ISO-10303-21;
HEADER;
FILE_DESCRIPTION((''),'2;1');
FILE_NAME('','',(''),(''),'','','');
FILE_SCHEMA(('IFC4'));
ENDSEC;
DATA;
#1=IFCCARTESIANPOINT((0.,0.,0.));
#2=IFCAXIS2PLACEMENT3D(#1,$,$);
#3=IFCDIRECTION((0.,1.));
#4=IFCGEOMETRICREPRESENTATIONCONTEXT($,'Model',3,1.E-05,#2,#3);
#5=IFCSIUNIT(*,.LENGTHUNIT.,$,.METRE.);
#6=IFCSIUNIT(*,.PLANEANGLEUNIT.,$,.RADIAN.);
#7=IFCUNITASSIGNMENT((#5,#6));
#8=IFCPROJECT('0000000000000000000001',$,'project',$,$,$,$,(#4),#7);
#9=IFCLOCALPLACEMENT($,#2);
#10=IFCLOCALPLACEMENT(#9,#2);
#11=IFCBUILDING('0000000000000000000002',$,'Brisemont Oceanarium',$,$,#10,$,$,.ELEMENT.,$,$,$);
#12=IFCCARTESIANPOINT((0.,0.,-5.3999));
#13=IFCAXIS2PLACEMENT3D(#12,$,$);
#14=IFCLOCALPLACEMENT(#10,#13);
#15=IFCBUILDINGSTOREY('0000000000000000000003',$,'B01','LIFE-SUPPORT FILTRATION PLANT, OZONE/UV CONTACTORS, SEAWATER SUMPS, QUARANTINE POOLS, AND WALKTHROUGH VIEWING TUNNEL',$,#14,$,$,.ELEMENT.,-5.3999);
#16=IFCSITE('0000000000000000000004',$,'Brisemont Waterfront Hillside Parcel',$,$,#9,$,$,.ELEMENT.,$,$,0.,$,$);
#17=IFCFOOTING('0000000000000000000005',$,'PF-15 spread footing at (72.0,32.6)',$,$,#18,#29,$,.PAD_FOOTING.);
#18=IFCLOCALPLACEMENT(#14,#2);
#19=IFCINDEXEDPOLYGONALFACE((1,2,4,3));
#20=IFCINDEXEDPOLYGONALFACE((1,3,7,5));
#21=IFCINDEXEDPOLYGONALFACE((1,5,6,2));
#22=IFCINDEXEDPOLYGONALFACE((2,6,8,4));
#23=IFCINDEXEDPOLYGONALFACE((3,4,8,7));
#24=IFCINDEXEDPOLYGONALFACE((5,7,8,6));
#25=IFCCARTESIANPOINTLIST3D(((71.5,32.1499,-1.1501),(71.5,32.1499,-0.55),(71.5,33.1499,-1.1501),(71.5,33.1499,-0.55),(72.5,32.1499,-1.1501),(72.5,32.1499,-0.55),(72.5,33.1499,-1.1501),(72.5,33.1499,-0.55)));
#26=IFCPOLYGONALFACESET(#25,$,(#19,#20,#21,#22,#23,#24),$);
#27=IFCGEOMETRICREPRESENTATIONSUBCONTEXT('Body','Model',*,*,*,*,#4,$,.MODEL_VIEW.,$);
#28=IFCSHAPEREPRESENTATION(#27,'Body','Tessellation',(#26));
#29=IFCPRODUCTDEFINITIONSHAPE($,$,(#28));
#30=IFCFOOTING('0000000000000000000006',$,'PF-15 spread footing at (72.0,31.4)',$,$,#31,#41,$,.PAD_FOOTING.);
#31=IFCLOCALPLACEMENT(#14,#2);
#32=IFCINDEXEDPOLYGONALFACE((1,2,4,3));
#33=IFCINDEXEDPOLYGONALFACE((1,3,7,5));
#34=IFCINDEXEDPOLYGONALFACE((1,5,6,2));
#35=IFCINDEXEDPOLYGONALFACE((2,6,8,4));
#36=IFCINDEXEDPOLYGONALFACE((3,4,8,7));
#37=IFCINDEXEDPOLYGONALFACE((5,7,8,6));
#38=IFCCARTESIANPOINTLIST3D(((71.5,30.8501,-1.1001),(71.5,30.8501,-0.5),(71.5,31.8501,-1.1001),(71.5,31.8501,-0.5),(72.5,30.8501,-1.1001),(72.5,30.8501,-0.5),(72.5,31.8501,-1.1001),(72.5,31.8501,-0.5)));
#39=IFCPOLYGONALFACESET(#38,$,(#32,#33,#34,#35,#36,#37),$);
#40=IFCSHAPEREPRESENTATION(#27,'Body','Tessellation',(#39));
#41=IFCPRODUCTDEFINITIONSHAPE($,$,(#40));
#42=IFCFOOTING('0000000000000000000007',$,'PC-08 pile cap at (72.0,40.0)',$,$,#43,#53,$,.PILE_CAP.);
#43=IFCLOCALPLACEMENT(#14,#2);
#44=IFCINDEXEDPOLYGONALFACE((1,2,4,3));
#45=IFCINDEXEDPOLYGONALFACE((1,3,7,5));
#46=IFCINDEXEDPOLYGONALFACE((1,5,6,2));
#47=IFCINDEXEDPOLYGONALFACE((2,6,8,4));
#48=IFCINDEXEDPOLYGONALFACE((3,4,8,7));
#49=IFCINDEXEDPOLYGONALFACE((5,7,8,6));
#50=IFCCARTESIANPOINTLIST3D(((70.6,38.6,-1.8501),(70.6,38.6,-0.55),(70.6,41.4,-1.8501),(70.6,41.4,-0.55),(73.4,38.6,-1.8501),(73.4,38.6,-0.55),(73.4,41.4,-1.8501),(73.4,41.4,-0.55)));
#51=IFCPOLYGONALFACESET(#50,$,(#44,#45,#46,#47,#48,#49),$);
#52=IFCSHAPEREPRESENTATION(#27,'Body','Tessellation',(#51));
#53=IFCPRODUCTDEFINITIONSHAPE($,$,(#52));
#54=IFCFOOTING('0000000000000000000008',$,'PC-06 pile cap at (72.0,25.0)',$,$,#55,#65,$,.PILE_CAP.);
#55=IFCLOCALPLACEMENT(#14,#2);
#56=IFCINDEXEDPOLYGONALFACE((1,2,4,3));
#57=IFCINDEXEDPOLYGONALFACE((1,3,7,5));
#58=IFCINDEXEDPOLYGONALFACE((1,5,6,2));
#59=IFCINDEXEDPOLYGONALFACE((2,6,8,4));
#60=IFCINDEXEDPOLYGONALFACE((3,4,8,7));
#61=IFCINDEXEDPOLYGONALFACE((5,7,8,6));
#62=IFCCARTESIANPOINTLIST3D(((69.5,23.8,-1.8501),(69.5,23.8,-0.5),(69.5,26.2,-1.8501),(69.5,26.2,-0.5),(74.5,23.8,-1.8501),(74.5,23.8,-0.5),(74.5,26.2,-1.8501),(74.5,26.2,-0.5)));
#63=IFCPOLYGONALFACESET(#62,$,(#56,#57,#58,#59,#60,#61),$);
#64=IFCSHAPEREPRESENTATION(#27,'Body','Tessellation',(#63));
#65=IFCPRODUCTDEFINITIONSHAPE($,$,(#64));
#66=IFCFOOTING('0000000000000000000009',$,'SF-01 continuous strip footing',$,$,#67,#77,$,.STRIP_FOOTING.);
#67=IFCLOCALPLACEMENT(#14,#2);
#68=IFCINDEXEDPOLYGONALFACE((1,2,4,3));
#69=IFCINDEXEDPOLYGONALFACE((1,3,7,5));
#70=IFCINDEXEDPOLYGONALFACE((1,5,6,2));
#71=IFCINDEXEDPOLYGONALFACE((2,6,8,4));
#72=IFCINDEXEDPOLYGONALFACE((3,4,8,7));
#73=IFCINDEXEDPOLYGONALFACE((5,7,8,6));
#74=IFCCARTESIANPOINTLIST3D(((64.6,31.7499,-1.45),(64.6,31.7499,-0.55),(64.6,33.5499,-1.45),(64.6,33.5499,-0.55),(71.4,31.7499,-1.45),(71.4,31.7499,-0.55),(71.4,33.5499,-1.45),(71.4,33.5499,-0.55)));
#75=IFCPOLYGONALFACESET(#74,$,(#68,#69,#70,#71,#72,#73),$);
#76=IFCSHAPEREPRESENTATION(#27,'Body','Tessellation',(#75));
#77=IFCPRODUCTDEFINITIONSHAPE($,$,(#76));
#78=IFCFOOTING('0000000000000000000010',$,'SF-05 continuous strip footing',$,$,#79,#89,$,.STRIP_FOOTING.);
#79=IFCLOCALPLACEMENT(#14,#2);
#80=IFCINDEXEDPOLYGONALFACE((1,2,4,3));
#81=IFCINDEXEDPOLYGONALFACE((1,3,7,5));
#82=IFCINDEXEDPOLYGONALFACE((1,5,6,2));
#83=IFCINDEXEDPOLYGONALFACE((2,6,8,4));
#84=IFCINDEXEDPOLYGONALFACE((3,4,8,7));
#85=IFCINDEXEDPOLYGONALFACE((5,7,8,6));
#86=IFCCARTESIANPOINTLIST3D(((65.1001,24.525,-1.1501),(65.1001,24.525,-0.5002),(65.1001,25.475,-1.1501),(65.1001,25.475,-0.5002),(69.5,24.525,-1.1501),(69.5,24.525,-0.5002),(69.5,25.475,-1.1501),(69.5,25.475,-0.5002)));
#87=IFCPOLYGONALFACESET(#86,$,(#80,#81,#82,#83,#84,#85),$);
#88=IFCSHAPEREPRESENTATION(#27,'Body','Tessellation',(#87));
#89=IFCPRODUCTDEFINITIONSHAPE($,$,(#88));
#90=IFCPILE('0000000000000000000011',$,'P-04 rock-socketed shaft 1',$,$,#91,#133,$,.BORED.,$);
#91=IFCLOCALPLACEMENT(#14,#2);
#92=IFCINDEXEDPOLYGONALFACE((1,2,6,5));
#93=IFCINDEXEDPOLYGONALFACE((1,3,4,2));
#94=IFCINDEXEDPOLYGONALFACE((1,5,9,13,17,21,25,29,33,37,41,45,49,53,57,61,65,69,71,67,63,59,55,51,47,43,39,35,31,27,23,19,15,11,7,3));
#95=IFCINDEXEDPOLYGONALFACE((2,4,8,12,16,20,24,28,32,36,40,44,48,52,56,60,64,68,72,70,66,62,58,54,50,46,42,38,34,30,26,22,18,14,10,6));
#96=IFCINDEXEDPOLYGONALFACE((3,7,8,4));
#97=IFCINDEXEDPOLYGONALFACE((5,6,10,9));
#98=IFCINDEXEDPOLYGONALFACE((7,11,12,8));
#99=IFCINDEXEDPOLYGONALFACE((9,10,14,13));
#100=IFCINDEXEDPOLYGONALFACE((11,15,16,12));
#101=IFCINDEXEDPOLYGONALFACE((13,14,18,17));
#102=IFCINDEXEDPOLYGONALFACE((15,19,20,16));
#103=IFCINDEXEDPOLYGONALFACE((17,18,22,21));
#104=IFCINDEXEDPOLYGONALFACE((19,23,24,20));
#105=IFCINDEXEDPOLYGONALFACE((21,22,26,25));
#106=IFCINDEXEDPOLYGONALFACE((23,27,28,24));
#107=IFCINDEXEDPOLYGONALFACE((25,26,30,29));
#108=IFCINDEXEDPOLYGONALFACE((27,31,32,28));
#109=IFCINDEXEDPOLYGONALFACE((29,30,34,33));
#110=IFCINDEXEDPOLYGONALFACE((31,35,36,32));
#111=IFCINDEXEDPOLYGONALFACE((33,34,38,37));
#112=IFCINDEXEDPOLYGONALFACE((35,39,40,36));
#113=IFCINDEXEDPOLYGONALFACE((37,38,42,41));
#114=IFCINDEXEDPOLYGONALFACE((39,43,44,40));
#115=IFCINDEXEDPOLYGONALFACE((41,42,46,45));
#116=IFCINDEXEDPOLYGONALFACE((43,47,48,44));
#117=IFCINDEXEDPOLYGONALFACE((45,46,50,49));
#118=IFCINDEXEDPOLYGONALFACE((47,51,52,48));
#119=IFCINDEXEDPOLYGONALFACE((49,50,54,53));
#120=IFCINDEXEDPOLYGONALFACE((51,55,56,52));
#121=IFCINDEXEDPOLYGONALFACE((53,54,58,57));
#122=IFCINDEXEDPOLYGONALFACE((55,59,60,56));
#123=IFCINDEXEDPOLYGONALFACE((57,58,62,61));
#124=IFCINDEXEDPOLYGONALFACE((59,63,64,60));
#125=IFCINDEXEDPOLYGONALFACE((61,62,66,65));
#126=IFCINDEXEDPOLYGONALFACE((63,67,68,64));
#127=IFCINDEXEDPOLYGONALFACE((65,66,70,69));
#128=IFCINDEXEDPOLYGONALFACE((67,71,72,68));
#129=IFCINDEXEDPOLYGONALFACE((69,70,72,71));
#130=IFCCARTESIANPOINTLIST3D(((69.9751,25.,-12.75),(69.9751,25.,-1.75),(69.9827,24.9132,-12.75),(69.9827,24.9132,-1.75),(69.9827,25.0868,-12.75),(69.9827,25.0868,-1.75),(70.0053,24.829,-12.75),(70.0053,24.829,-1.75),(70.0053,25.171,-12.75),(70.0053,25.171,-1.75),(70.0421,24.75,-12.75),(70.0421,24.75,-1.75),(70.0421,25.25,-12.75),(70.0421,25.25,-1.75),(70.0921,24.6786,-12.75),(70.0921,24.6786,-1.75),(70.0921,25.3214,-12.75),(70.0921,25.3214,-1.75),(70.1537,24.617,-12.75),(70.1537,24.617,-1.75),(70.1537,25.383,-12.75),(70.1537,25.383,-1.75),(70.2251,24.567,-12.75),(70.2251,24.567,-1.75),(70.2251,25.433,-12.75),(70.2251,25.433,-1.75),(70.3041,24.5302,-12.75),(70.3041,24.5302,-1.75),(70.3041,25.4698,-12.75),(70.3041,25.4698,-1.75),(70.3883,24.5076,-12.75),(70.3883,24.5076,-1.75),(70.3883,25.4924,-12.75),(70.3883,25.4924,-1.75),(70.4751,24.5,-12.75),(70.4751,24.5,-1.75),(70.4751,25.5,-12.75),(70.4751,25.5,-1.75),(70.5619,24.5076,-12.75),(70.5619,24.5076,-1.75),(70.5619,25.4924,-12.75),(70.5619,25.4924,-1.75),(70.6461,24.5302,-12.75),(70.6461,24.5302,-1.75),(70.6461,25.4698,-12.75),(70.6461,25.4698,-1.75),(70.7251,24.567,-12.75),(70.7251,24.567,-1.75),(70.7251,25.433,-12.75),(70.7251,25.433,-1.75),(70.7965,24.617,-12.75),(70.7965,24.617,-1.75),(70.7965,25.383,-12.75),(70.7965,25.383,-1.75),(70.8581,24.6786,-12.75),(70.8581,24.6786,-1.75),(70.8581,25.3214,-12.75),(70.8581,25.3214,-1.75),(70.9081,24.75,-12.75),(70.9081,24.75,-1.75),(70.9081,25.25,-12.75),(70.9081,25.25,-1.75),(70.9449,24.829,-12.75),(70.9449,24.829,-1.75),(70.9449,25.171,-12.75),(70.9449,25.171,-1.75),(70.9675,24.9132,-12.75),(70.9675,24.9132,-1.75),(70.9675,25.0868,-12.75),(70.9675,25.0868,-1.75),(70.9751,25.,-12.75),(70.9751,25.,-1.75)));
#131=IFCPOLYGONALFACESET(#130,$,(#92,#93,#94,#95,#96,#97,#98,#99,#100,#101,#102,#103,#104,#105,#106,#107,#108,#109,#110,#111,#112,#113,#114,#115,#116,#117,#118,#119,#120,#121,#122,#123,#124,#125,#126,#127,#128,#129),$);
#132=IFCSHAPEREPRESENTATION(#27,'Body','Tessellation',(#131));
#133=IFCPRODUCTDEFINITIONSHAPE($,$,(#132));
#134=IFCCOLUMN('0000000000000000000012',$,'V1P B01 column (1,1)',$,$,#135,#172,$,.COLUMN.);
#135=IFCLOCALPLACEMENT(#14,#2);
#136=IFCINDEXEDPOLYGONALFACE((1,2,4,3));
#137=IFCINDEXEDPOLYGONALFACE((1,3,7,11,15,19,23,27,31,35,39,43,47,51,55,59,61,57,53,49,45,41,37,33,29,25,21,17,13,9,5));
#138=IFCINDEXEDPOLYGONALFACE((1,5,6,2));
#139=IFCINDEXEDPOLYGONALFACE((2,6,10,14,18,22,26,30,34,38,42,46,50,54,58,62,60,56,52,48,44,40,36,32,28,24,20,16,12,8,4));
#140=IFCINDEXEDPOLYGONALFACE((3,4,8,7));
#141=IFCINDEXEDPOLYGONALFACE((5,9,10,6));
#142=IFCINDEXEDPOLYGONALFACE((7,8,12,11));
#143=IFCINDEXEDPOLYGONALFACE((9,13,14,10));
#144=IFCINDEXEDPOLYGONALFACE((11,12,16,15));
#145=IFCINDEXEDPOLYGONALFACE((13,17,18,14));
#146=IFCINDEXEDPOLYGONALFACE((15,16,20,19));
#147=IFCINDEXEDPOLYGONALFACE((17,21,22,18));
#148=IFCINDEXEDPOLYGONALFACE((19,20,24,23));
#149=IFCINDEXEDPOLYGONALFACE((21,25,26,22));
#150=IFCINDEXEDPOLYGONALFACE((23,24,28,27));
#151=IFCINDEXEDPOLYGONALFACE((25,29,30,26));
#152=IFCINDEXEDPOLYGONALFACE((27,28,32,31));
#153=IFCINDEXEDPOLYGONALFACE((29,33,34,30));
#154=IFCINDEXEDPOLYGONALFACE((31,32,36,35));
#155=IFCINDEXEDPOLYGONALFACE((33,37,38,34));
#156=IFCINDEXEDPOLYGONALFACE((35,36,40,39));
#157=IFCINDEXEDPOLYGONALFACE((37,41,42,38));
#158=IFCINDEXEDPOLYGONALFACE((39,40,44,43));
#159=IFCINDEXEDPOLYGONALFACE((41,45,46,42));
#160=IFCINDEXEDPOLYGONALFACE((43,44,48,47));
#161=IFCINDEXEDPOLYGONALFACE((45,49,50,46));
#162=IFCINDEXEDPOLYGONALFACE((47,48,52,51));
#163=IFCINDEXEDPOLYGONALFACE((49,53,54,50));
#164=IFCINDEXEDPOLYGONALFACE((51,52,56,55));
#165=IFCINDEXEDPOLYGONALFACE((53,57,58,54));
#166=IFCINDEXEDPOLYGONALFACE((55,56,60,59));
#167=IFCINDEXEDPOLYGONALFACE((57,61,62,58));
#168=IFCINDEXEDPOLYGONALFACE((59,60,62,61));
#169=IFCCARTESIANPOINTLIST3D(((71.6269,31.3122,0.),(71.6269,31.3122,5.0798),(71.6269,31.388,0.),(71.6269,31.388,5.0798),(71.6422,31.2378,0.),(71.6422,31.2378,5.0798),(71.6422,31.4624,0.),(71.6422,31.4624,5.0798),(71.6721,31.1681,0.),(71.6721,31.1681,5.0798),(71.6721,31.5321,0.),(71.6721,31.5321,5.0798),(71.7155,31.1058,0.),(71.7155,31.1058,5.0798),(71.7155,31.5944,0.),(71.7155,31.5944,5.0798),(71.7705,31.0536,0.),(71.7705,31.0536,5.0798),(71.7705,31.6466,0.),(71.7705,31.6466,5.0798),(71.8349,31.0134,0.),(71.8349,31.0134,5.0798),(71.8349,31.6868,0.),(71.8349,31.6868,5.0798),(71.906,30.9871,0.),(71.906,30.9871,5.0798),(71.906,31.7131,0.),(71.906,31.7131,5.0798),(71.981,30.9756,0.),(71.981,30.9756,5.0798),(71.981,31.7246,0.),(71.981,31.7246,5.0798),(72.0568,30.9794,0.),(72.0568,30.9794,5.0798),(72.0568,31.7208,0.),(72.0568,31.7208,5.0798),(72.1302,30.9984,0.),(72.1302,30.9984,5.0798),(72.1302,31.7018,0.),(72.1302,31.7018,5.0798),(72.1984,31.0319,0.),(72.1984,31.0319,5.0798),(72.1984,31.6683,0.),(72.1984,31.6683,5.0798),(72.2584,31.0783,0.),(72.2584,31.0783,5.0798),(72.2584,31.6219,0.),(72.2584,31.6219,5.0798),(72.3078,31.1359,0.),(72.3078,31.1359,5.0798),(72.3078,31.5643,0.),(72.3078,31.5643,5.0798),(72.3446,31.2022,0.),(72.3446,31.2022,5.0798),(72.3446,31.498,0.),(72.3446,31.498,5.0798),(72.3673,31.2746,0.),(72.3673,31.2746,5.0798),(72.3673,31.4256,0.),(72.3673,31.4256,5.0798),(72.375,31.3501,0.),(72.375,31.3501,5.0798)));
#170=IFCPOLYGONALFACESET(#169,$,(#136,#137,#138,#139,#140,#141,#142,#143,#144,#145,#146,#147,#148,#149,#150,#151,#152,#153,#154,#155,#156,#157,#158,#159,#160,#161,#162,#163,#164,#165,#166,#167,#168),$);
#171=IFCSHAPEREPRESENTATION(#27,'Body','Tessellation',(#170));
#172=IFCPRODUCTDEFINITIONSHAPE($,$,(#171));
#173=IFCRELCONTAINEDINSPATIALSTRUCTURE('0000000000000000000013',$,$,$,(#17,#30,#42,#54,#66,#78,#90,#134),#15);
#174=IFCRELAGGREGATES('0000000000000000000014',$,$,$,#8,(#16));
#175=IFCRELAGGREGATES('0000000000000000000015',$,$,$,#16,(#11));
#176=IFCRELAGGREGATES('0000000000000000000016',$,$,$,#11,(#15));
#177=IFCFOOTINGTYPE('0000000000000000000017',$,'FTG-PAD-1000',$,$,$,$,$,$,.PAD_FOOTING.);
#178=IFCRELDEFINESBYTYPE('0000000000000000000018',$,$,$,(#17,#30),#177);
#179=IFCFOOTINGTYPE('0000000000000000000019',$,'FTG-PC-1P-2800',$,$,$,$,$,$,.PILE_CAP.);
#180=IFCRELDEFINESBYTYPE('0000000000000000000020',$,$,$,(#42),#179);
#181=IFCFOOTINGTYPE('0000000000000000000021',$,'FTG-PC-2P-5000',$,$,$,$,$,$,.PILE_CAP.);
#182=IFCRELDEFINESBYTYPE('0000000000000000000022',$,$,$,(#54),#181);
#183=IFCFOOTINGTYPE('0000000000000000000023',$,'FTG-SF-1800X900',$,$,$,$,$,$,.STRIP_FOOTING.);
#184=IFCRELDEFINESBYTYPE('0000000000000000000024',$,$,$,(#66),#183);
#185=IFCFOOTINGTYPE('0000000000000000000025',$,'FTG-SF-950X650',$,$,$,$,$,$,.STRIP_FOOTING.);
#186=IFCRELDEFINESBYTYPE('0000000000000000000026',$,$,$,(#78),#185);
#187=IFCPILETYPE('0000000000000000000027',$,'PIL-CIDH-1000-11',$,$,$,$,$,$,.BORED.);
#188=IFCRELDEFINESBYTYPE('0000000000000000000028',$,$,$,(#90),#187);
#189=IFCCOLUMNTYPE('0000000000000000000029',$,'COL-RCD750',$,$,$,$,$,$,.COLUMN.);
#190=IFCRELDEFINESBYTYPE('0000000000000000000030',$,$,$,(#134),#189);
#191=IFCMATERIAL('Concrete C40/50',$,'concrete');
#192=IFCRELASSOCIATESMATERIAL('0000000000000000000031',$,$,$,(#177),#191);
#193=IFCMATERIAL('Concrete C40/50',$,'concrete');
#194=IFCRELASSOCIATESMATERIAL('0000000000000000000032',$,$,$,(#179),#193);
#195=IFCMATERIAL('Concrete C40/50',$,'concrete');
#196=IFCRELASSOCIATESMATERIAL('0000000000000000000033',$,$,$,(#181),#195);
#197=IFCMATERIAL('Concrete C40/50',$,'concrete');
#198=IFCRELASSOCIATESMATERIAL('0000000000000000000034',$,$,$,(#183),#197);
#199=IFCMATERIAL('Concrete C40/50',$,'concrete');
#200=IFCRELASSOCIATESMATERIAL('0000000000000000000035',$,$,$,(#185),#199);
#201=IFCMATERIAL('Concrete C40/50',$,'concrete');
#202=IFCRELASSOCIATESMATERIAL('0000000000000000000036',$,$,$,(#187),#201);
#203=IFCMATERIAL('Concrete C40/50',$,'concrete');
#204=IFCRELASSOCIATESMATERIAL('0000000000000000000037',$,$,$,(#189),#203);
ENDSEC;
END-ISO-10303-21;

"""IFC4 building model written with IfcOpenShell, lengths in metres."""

from ifc_helpers import new_model, si_unit, direction, frame, origin, origin_2d, place, context, subcontext, project, spatial, rectangle, circle, extrude, material, material_profile, profile_set, type_object, element, save


model = new_model("IFC4")

# Units and contexts
model_context = context("Model", 3, precision=1e-05, world=origin(), true_north=direction((0.0, 1.0)))
body_context = subcontext(model_context, "Body", "Model", "MODEL_VIEW")
ifc_project = project(units=[si_unit("LENGTHUNIT", "METRE"), si_unit("PLANEANGLEUNIT", "RADIAN")], contexts=[model_context])

# Site, building, storey
site_placement = place(None, origin())
site = spatial("IfcSite", under=ifc_project, at=site_placement, Name="Brisemont Waterfront Hillside Parcel", CompositionType="ELEMENT", RefElevation=0.0)
building_placement = place(site_placement, origin())
building = spatial("IfcBuilding", under=site, at=building_placement, Name="Brisemont Oceanarium", CompositionType="ELEMENT")
storey_placement = place(building_placement, frame((0.0, 0.0, -5.3999)))
storey = spatial("IfcBuildingStorey", under=building, at=storey_placement, Name="B01", Description="LIFE-SUPPORT FILTRATION PLANT, OZONE/UV CONTACTORS, SEAWATER SUMPS, QUARANTINE POOLS, AND WALKTHROUGH VIEWING TUNNEL", CompositionType="ELEMENT", Elevation=-5.3999)

# Footings
ifc_material_1 = material(Name="Concrete C40/50", Category="concrete")
footing_type_1 = type_object("IfcFootingType", Name="FTG-PAD-1000", PredefinedType="PAD_FOOTING", material=ifc_material_1)
for number, where, z_axis, x_axis, name in (
    (1, (72.0, 32.6499, -1.1501), (0.0, 0.0, 1.0), (1.0, 0.0, 0.0), "PF-15 spread footing at (72.0,32.6)"),
    (2, (72.0, 31.3501, -1.1001), (0.0, 0.0, 1.0), (1.0, 0.0, 0.0), "PF-15 spread footing at (72.0,31.4)"),
):
    element("IfcFooting", number, at=place(storey_placement, frame(where, z_axis=z_axis, x_axis=x_axis)), inside=storey, type_object=footing_type_1, Name=name, PredefinedType="PAD_FOOTING", context=body_context, shape_type="SweptSolid", body=[
        extrude(rectangle(XDim=1.0, YDim=1.0, at=origin_2d()), origin(), (0.0, 0.0, 1.0), 0.6001),
    ])
ifc_material_2 = material(Name="Concrete C40/50", Category="concrete")
footing_type_2 = type_object("IfcFootingType", Name="FTG-PC-1P-2800", PredefinedType="PILE_CAP", material=ifc_material_2)
footing_1_placement = place(storey_placement, frame((72.0, 40.0, -1.8501), z_axis=(0.0, 0.0, 1.0), x_axis=(1.0, 0.0, 0.0)))
element("IfcFooting", 3, at=footing_1_placement, inside=storey, type_object=footing_type_2, Name="PC-08 pile cap at (72.0,40.0)", PredefinedType="PILE_CAP", context=body_context, shape_type="SweptSolid", body=[
    extrude(rectangle(XDim=2.8, YDim=2.8, at=origin_2d()), origin(), (0.0, 0.0, 1.0), 1.3),
])
ifc_material_3 = material(Name="Concrete C40/50", Category="concrete")
footing_type_3 = type_object("IfcFootingType", Name="FTG-PC-2P-5000", PredefinedType="PILE_CAP", material=ifc_material_3)
footing_2_placement = place(storey_placement, frame((72.0, 25.0, -1.8501), z_axis=(0.0, 0.0, 1.0), x_axis=(1.0, 0.0, 0.0)))
element("IfcFooting", 4, at=footing_2_placement, inside=storey, type_object=footing_type_3, Name="PC-06 pile cap at (72.0,25.0)", PredefinedType="PILE_CAP", context=body_context, shape_type="SweptSolid", body=[
    extrude(rectangle(XDim=5.0, YDim=2.3999, at=origin_2d()), origin(), (0.0, 0.0, 1.0), 1.3501),
])
ifc_material_4 = material(Name="Concrete C40/50", Category="concrete")
footing_type_4 = type_object("IfcFootingType", Name="FTG-SF-1800X900", PredefinedType="STRIP_FOOTING", material=ifc_material_4)
footing_3_placement = place(storey_placement, frame((68.0, 32.6499, -1.45), z_axis=(0.0, 0.0, 1.0), x_axis=(1.0, 0.0, 0.0)))
element("IfcFooting", 5, at=footing_3_placement, inside=storey, type_object=footing_type_4, Name="SF-01 continuous strip footing", PredefinedType="STRIP_FOOTING", context=body_context, shape_type="SweptSolid", body=[
    extrude(rectangle(XDim=6.8, YDim=1.8, at=origin_2d()), origin(), (0.0, 0.0, 1.0), 0.8999),
])
ifc_material_5 = material(Name="Concrete C40/50", Category="concrete")
footing_type_5 = type_object("IfcFootingType", Name="FTG-SF-950X650", PredefinedType="STRIP_FOOTING", material=ifc_material_5)
footing_4_placement = place(storey_placement, frame((67.3, 25.0, -1.1501), z_axis=(0.0, 0.0, 1.0), x_axis=(1.0, 0.0, 0.0)))
element("IfcFooting", 6, at=footing_4_placement, inside=storey, type_object=footing_type_5, Name="SF-05 continuous strip footing", PredefinedType="STRIP_FOOTING", context=body_context, shape_type="SweptSolid", body=[
    extrude(rectangle(XDim=4.3999, YDim=0.95, at=origin_2d()), origin(), (0.0, 0.0, 1.0), 0.6499),
])

# Pile
ifc_material_6 = material(Name="Concrete C40/50", Category="concrete")
ifc_material_profile_1 = material_profile(ifc_material_6, circle(Radius=0.5, at=origin_2d()), Name="CIDH-D1000")
ifc_profile_set_1 = profile_set([ifc_material_profile_1], Name="Concrete C40/50")
pile_type = type_object("IfcPileType", Name="PIL-CIDH-1000-11", PredefinedType="BORED", material=ifc_profile_set_1)
pile_placement = place(storey_placement, frame((70.4751, 25.0, -1.75), z_axis=(0.0, 0.0, -1.0), x_axis=(1.0, 0.0, 0.0)))
element("IfcPile", 7, at=pile_placement, inside=storey, type_object=pile_type, Name="P-04 rock-socketed shaft 1", PredefinedType="BORED", context=body_context, shape_type="SweptSolid", body=[
    extrude(circle(Radius=0.5, at=origin_2d()), origin(), (0.0, 0.0, 1.0), 11.0),
])

# Column
ifc_material_7 = material(Name="Concrete C40/50", Category="concrete")
ifc_material_profile_2 = material_profile(ifc_material_7, circle(Radius=0.375, at=origin_2d()), Name="RC-COL-D750")
ifc_profile_set_2 = profile_set([ifc_material_profile_2], Name="Concrete C40/50")
column_type_1 = type_object("IfcColumnType", Name="COL-RCD750", PredefinedType="COLUMN", material=ifc_profile_set_2)
column_1_placement = place(storey_placement, frame((72.0, 31.3501, 0.0), z_axis=(0.0, 0.0, 1.0), x_axis=(1.0, 0.0, 0.0)))
element("IfcColumn", 8, at=column_1_placement, inside=storey, type_object=column_type_1, Name="V1P B01 column (1,1)", PredefinedType="COLUMN", context=body_context, shape_type="SweptSolid", body=[
    extrude(circle(Radius=0.375, at=origin_2d()), origin(), (0.0, 0.0, 1.0), 5.0798),
])

save(model, "model.ifc")
